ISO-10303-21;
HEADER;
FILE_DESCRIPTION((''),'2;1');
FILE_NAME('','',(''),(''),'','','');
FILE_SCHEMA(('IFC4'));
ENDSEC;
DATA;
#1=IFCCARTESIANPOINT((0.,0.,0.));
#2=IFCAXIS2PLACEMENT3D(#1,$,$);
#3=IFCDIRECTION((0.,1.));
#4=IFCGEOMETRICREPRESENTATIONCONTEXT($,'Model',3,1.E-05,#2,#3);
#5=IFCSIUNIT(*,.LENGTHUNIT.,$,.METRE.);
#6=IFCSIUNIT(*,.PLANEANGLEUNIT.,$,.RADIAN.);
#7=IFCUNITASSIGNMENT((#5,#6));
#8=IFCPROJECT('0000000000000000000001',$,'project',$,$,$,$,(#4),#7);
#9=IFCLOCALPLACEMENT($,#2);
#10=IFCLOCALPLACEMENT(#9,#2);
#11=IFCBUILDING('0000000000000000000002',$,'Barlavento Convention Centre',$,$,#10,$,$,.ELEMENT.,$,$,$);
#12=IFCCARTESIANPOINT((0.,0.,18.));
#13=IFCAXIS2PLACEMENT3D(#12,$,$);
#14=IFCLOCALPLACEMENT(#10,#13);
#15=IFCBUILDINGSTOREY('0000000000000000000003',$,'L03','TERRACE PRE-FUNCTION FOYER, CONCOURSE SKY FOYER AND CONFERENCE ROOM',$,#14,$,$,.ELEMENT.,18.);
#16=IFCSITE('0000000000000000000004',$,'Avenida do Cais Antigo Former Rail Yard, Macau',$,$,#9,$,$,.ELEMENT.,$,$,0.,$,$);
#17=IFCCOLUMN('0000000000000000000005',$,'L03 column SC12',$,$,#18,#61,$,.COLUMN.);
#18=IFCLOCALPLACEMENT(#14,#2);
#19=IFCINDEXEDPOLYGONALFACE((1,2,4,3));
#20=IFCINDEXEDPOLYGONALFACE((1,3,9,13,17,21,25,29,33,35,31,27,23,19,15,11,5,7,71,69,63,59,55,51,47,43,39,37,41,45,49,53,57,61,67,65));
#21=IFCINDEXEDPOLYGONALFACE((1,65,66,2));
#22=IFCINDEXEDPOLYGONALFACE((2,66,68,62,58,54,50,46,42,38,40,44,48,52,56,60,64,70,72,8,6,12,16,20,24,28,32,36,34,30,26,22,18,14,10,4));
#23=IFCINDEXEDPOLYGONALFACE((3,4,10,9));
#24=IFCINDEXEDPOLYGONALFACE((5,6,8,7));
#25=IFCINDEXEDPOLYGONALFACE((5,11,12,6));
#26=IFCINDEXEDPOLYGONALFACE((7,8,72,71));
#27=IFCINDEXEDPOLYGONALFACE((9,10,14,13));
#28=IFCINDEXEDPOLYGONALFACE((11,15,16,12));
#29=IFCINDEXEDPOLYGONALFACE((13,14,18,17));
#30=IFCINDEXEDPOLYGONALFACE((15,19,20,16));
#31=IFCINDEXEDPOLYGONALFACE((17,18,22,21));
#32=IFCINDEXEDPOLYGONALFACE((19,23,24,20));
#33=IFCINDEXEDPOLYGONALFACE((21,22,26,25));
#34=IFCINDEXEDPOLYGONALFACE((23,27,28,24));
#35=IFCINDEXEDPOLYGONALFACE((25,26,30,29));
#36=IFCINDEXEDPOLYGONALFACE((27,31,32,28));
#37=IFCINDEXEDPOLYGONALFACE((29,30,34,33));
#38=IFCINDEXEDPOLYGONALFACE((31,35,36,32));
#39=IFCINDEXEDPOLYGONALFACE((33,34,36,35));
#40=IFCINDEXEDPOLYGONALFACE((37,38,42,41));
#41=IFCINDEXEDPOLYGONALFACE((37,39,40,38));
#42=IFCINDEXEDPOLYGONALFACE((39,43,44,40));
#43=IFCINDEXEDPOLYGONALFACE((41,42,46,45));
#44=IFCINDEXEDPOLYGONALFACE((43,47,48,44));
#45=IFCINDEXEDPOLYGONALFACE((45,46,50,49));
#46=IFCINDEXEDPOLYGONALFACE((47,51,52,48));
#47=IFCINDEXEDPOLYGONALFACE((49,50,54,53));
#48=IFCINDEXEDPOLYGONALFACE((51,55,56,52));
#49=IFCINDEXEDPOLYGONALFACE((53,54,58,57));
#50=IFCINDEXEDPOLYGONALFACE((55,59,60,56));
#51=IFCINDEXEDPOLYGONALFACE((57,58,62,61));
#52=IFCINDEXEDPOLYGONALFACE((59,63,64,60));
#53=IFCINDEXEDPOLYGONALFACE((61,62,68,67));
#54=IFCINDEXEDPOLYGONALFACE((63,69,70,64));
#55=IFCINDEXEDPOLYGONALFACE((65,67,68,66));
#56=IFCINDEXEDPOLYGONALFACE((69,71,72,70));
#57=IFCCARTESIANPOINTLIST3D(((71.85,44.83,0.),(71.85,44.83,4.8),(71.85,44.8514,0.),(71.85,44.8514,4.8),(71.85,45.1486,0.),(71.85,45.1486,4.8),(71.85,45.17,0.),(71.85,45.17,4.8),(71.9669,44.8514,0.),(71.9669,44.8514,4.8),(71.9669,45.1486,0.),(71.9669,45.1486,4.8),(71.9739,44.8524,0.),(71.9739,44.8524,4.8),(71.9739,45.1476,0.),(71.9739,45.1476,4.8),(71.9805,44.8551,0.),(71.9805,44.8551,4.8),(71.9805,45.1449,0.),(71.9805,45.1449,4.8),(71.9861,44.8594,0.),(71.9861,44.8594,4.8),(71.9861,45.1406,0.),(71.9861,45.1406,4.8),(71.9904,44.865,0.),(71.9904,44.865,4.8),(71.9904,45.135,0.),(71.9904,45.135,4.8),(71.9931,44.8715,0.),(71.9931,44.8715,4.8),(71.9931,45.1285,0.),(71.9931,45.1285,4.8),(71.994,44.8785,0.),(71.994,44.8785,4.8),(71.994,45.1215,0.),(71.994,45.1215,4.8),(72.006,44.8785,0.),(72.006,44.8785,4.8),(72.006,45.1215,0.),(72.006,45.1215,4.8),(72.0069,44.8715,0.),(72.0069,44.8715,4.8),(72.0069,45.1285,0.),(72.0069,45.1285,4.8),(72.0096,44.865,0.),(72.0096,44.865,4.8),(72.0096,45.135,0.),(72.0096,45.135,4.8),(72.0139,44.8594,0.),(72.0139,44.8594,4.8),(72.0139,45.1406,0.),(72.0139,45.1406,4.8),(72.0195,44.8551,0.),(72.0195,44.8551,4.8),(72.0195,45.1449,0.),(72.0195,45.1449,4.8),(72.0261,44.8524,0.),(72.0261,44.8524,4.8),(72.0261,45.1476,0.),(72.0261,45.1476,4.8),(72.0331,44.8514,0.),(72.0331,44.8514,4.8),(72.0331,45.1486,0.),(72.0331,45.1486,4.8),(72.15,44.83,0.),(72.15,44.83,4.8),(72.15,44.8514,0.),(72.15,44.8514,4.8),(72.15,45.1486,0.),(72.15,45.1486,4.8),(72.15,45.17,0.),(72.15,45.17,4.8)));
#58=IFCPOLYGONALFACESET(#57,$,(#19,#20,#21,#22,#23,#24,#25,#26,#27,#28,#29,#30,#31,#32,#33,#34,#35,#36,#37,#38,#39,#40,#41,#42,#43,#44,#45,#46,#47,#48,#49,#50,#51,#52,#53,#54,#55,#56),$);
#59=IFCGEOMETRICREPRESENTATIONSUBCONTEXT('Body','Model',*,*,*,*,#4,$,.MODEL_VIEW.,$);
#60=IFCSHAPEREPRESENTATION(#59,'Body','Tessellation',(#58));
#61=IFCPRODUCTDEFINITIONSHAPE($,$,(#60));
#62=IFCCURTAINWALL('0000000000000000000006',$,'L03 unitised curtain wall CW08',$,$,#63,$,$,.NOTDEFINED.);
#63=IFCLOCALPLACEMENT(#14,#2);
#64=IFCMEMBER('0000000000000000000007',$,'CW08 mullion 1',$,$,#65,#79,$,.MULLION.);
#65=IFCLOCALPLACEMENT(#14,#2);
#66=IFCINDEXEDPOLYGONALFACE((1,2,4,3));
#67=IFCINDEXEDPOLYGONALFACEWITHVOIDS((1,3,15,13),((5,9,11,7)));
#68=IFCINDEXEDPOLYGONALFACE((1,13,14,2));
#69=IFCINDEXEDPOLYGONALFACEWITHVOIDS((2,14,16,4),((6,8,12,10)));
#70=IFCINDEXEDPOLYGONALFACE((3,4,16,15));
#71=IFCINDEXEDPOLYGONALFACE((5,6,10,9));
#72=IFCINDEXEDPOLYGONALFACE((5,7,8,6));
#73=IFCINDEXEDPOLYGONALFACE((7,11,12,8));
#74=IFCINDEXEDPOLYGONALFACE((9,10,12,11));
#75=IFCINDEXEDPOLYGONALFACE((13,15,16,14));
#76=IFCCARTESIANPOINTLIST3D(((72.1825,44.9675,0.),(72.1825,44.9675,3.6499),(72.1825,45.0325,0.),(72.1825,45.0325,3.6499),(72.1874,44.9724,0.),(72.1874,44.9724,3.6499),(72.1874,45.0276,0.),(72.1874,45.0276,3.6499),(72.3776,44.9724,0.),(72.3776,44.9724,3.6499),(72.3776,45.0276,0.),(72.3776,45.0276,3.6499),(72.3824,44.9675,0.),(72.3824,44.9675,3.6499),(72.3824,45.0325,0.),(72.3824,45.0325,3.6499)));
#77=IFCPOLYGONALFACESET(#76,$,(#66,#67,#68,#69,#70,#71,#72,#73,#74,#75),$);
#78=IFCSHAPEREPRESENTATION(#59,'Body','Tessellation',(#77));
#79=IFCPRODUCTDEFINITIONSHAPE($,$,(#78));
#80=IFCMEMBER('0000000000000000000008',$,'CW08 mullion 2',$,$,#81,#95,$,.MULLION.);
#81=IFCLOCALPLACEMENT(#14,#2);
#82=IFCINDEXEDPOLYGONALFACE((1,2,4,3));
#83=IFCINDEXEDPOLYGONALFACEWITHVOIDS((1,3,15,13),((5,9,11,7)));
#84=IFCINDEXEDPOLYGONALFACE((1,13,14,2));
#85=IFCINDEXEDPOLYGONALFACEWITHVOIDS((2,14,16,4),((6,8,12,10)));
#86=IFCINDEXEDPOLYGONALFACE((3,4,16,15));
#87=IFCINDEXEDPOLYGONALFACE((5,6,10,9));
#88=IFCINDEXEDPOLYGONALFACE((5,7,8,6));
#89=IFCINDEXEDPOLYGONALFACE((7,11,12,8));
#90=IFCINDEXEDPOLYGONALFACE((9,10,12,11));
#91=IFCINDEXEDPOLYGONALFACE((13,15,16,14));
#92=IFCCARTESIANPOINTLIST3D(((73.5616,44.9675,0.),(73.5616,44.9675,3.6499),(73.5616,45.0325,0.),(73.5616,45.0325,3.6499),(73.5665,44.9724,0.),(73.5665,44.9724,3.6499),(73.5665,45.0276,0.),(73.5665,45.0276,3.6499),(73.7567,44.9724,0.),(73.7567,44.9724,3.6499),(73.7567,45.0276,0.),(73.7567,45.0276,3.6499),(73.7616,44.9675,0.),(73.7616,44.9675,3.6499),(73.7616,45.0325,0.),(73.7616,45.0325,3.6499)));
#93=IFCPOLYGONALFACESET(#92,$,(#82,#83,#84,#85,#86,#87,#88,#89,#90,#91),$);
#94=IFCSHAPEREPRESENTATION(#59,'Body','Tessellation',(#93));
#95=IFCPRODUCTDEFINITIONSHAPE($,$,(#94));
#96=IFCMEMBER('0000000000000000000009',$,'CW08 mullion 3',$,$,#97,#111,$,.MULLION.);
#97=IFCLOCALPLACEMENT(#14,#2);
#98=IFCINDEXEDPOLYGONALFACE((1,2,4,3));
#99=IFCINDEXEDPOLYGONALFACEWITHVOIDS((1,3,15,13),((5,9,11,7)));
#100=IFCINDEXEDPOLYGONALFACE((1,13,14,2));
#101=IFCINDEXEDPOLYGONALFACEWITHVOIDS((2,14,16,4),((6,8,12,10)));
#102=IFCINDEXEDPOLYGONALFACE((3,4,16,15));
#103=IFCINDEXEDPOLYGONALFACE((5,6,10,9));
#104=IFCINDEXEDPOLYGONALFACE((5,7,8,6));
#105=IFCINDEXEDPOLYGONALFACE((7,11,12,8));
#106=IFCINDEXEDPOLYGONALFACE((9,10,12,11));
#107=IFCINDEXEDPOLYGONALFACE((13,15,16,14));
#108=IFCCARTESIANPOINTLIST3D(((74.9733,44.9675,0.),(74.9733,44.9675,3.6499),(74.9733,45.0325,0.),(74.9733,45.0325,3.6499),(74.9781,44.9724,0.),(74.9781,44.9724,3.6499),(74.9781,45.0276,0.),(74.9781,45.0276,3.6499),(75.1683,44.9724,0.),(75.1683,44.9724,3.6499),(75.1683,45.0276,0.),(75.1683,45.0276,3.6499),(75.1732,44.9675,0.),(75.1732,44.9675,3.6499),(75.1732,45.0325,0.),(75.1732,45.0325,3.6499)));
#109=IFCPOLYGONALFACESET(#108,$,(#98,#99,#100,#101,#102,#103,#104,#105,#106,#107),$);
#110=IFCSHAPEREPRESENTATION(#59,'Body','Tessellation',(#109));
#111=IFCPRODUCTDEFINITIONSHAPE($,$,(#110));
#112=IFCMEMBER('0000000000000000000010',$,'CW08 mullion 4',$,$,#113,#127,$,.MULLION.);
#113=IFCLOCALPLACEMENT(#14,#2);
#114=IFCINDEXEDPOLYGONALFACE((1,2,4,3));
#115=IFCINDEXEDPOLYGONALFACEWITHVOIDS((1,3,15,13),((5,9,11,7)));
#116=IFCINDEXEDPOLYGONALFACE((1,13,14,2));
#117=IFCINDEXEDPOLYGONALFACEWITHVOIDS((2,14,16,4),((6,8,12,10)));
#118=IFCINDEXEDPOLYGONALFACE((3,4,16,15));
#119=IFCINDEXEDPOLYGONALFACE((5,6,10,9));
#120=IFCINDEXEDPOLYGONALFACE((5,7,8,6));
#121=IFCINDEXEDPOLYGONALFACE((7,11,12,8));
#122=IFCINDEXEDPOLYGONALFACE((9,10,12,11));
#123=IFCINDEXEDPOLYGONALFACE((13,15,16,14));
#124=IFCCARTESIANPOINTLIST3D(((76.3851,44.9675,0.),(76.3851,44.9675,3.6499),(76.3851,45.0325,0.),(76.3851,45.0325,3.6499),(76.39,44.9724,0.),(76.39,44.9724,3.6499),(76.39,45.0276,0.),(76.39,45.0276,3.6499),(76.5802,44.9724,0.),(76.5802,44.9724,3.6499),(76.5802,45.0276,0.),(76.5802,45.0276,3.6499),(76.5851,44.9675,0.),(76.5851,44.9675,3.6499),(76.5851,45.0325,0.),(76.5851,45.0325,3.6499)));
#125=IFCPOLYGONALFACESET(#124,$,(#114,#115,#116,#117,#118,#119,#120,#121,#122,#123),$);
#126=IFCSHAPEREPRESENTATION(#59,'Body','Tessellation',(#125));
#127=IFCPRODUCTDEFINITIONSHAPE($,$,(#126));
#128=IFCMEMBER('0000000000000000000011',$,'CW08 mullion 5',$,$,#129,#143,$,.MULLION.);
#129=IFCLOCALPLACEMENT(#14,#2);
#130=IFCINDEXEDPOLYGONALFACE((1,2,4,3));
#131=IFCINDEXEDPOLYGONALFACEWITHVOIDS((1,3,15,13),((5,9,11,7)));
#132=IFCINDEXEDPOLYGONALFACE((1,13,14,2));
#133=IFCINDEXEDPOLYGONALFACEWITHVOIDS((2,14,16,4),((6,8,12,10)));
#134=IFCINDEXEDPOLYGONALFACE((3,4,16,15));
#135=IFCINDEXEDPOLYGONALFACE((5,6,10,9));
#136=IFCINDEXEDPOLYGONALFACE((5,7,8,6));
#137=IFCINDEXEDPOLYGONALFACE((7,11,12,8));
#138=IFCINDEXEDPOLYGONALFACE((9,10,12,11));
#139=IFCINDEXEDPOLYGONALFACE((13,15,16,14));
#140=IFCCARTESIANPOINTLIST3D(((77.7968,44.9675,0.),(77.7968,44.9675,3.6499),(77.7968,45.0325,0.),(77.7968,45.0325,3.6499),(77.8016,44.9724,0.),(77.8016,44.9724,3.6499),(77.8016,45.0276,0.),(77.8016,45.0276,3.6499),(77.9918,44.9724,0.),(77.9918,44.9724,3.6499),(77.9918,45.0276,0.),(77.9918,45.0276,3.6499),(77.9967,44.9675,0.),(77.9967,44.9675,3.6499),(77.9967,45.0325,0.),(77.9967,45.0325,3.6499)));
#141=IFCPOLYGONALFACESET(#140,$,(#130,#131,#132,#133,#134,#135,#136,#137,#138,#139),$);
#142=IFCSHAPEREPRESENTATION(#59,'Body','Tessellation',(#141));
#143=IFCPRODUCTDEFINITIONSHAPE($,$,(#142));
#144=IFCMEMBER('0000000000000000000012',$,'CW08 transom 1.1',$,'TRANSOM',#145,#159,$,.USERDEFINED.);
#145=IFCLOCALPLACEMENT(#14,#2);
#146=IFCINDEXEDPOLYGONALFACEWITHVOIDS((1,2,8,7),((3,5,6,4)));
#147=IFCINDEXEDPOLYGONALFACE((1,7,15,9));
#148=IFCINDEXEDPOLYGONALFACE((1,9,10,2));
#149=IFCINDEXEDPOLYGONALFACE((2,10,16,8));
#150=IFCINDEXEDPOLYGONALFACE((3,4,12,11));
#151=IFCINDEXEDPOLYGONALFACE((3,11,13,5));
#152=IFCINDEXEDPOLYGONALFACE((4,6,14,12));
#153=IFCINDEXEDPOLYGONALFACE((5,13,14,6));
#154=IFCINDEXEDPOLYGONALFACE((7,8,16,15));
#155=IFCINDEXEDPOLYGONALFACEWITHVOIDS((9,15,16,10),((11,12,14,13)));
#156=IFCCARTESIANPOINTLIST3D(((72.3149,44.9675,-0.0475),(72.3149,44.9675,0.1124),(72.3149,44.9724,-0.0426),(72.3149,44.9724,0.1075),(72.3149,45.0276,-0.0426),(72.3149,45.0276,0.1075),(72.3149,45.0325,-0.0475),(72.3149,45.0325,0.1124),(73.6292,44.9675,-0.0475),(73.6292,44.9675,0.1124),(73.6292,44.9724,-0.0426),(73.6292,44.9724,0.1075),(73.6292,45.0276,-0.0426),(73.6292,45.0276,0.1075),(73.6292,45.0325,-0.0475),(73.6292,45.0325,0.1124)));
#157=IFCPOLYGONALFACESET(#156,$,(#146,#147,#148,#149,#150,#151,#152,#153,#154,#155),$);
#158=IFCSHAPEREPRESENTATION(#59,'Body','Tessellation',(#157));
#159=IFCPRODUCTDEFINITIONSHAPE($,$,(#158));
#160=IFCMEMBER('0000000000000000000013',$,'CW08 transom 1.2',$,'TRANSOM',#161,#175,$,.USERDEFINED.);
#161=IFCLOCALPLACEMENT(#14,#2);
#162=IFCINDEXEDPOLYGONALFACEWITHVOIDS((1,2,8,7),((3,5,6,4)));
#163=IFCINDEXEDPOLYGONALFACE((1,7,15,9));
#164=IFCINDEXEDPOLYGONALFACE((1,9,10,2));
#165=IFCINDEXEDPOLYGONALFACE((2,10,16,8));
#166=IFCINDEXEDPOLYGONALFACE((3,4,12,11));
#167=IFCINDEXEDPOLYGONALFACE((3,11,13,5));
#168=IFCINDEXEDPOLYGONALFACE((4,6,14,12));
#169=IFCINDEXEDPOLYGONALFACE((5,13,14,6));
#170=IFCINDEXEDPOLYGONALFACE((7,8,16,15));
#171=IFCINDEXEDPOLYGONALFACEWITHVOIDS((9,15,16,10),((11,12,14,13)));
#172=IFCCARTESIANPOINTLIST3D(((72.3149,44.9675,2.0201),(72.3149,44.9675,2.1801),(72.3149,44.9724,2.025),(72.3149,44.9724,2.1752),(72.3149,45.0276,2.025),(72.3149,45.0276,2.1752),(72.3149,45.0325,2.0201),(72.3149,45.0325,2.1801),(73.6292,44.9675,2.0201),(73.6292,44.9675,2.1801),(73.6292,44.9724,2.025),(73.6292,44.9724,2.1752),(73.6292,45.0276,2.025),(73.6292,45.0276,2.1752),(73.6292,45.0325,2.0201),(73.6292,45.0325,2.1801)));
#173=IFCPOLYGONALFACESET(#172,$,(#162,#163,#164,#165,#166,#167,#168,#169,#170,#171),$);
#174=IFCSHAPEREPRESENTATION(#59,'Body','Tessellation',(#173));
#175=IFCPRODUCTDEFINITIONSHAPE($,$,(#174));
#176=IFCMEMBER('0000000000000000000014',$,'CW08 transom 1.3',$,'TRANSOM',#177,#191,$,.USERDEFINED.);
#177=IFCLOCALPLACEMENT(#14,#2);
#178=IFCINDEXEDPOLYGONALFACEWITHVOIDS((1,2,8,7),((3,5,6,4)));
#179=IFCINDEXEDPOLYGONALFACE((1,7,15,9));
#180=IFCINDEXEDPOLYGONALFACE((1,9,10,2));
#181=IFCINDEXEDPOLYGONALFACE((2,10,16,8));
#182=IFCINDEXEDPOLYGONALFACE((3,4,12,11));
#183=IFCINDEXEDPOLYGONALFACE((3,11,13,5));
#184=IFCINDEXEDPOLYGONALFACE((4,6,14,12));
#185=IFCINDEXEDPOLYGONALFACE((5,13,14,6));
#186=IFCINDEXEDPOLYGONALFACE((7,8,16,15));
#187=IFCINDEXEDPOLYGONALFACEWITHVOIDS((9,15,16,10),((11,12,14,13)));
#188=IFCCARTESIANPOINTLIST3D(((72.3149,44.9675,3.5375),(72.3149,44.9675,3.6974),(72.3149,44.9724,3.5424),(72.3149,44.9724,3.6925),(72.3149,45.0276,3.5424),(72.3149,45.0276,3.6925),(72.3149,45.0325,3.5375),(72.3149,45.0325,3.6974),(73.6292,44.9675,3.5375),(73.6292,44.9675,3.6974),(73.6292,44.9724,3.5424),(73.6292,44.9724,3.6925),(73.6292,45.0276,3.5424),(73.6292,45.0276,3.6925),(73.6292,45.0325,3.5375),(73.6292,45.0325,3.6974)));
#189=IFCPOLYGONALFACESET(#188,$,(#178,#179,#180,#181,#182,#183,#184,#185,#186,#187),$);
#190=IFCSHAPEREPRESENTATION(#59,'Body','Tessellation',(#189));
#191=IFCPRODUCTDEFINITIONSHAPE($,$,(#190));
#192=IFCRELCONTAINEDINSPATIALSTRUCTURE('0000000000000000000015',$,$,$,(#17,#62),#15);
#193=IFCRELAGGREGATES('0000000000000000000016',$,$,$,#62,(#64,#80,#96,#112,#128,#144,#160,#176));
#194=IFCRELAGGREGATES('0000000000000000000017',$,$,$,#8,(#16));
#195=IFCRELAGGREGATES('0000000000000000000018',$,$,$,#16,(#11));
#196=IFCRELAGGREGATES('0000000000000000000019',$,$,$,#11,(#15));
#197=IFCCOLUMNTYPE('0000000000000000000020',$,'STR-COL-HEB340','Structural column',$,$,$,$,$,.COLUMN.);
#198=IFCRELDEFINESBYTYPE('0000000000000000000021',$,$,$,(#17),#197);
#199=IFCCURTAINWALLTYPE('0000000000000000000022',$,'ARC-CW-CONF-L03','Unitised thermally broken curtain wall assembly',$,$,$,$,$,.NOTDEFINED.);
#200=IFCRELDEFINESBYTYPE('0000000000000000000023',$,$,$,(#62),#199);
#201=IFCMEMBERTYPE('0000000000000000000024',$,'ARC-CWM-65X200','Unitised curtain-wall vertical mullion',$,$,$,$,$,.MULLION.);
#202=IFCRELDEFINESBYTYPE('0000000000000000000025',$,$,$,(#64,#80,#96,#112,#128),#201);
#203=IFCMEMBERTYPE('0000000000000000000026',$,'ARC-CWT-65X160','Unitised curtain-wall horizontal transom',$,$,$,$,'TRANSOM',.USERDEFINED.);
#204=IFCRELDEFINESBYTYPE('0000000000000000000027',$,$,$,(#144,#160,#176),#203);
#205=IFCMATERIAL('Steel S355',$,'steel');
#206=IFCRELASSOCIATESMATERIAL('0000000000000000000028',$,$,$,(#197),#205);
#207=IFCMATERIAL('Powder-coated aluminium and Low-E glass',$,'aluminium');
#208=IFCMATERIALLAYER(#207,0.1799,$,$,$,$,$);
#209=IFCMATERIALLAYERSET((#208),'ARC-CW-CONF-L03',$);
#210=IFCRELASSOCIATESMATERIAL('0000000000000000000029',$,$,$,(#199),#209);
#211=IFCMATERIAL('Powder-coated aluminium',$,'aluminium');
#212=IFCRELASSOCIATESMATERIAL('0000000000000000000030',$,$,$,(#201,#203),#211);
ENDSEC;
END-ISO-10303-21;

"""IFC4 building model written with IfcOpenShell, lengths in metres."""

from ifc_helpers import new_model, si_unit, direction, frame, origin, origin_2d, place, context, subcontext, project, spatial, hollow_rectangle, i_section, extrude, material, layer, layer_set, material_profile, profile_set, type_object, element, aggregate, save


model = new_model("IFC4")

# Units and contexts
model_context = context("Model", 3, precision=1e-05, world=origin(), true_north=direction((0.0, 1.0)))
body_context = subcontext(model_context, "Body", "Model", "MODEL_VIEW")
ifc_project = project(units=[si_unit("LENGTHUNIT", "METRE"), si_unit("PLANEANGLEUNIT", "RADIAN")], contexts=[model_context])

# Site, building, storey
site_placement = place(None, origin())
site = spatial("IfcSite", under=ifc_project, at=site_placement, Name="Avenida do Cais Antigo Former Rail Yard, Macau", CompositionType="ELEMENT", RefElevation=0.0)
building_placement = place(site_placement, origin())
building = spatial("IfcBuilding", under=site, at=building_placement, Name="Barlavento Convention Centre", CompositionType="ELEMENT")
storey_placement = place(building_placement, frame((0.0, 0.0, 18.0)))
storey = spatial("IfcBuildingStorey", under=building, at=storey_placement, Name="L03", Description="TERRACE PRE-FUNCTION FOYER, CONCOURSE SKY FOYER AND CONFERENCE ROOM", CompositionType="ELEMENT", Elevation=18.0)

# Column
ifc_material_1 = material(Name="Steel S355", Category="steel")
ifc_material_profile_1 = material_profile(ifc_material_1, i_section(OverallWidth=0.3, OverallDepth=0.3401, WebThickness=0.012, FlangeThickness=0.0215, FilletRadius=0.0271, at=origin_2d()), Name="HEB 340")
ifc_profile_set_1 = profile_set([ifc_material_profile_1], Name="Steel S355")
column_type = type_object("IfcColumnType", Name="STR-COL-HEB340", Description="Structural column", PredefinedType="COLUMN", material=ifc_profile_set_1)
column_placement = place(storey_placement, frame((72.0, 45.0, 0.0), z_axis=(0.0, 0.0, 1.0), x_axis=(1.0, 0.0, 0.0)))
element("IfcColumn", 1, at=column_placement, inside=storey, type_object=column_type, Name="L03 column SC12", PredefinedType="COLUMN", context=body_context, shape_type="SweptSolid", body=[
    extrude(i_section(OverallWidth=0.3, OverallDepth=0.3401, WebThickness=0.012, FlangeThickness=0.0215, FilletRadius=0.0271, at=origin_2d()), origin(), (0.0, 0.0, 1.0), 4.8),
])

# Curtain wall, members
ifc_material_2 = material(Name="Powder-coated aluminium and Low-E glass", Category="aluminium")
ifc_layer_1 = layer(ifc_material_2, 0.1799)
ifc_layer_set_1 = layer_set([ifc_layer_1], Name="ARC-CW-CONF-L03")
curtain_wall_type = type_object("IfcCurtainWallType", Name="ARC-CW-CONF-L03", Description="Unitised thermally broken curtain wall assembly", PredefinedType="NOTDEFINED", material=ifc_layer_set_1)
curtain_wall_placement = place(storey_placement, origin())
curtain_wall = element("IfcCurtainWall", 2, at=curtain_wall_placement, inside=storey, type_object=curtain_wall_type, Name="L03 unitised curtain wall CW08", PredefinedType="NOTDEFINED")
ifc_material_3 = material(Name="Powder-coated aluminium", Category="aluminium")
ifc_material_profile_2 = material_profile(ifc_material_3, hollow_rectangle(XDim=0.0649, YDim=0.2, WallThickness=0.0049, at=origin_2d()), Name="AL-MULL 65x200x5")
ifc_profile_set_2 = profile_set([ifc_material_profile_2], Name="Powder-coated aluminium")
member_type_1 = type_object("IfcMemberType", Name="ARC-CWM-65X200", Description="Unitised curtain-wall vertical mullion", PredefinedType="MULLION", material=ifc_profile_set_2)
member_1_placement = place(storey_placement, frame((72.2825, 45.0, 0.0), z_axis=(0.0, 0.0, 1.0), x_axis=(0.0, 1.0, 0.0)))
member_1 = element("IfcMember", 3, at=member_1_placement, type_object=member_type_1, Name="CW08 mullion 1", PredefinedType="MULLION", context=body_context, shape_type="SweptSolid", body=[
    extrude(hollow_rectangle(XDim=0.0649, YDim=0.2, WallThickness=0.0049, at=origin_2d()), origin(), (0.0, 0.0, 1.0), 3.6499),
])
member_2_placement = place(storey_placement, frame((73.6616, 45.0, 0.0), z_axis=(0.0, 0.0, 1.0), x_axis=(0.0, 1.0, 0.0)))
member_2 = element("IfcMember", 4, at=member_2_placement, type_object=member_type_1, Name="CW08 mullion 2", PredefinedType="MULLION", context=body_context, shape_type="SweptSolid", body=[
    extrude(hollow_rectangle(XDim=0.0649, YDim=0.2, WallThickness=0.0049, at=origin_2d()), origin(), (0.0, 0.0, 1.0), 3.6499),
])
member_3_placement = place(storey_placement, frame((75.0732, 45.0, 0.0), z_axis=(0.0, 0.0, 1.0), x_axis=(0.0, 1.0, 0.0)))
member_3 = element("IfcMember", 5, at=member_3_placement, type_object=member_type_1, Name="CW08 mullion 3", PredefinedType="MULLION", context=body_context, shape_type="SweptSolid", body=[
    extrude(hollow_rectangle(XDim=0.0649, YDim=0.2, WallThickness=0.0049, at=origin_2d()), origin(), (0.0, 0.0, 1.0), 3.6499),
])
member_4_placement = place(storey_placement, frame((76.4851, 45.0, 0.0), z_axis=(0.0, 0.0, 1.0), x_axis=(0.0, 1.0, 0.0)))
member_4 = element("IfcMember", 6, at=member_4_placement, type_object=member_type_1, Name="CW08 mullion 4", PredefinedType="MULLION", context=body_context, shape_type="SweptSolid", body=[
    extrude(hollow_rectangle(XDim=0.0649, YDim=0.2, WallThickness=0.0049, at=origin_2d()), origin(), (0.0, 0.0, 1.0), 3.6499),
])
member_5_placement = place(storey_placement, frame((77.8967, 45.0, 0.0), z_axis=(0.0, 0.0, 1.0), x_axis=(0.0, 1.0, 0.0)))
member_5 = element("IfcMember", 7, at=member_5_placement, type_object=member_type_1, Name="CW08 mullion 5", PredefinedType="MULLION", context=body_context, shape_type="SweptSolid", body=[
    extrude(hollow_rectangle(XDim=0.0649, YDim=0.2, WallThickness=0.0049, at=origin_2d()), origin(), (0.0, 0.0, 1.0), 3.6499),
])
ifc_material_profile_3 = material_profile(ifc_material_3, hollow_rectangle(XDim=0.0649, YDim=0.1599, WallThickness=0.0049, at=origin_2d()), Name="AL-TRAN 65x160x5")
ifc_profile_set_3 = profile_set([ifc_material_profile_3], Name="Powder-coated aluminium")
member_type_2 = type_object("IfcMemberType", Name="ARC-CWT-65X160", Description="Unitised curtain-wall horizontal transom", ElementType="TRANSOM", PredefinedType="USERDEFINED", material=ifc_profile_set_3)
member_6_placement = place(storey_placement, frame((72.3149, 45.0, 0.0325), z_axis=(1.0, 0.0, 0.0), x_axis=(0.0, 1.0, 0.0)))
member_6 = element("IfcMember", 8, at=member_6_placement, type_object=member_type_2, Name="CW08 transom 1.1", ObjectType="TRANSOM", PredefinedType="USERDEFINED", context=body_context, shape_type="SweptSolid", body=[
    extrude(hollow_rectangle(XDim=0.0649, YDim=0.1599, WallThickness=0.0049, at=origin_2d()), origin(), (0.0, 0.0, 1.0), 1.3142),
])
member_7_placement = place(storey_placement, frame((72.3149, 45.0, 2.1001), z_axis=(1.0, 0.0, 0.0), x_axis=(0.0, 1.0, 0.0)))
member_7 = element("IfcMember", 9, at=member_7_placement, type_object=member_type_2, Name="CW08 transom 1.2", ObjectType="TRANSOM", PredefinedType="USERDEFINED", context=body_context, shape_type="SweptSolid", body=[
    extrude(hollow_rectangle(XDim=0.0649, YDim=0.1599, WallThickness=0.0049, at=origin_2d()), origin(), (0.0, 0.0, 1.0), 1.3142),
])
member_8_placement = place(storey_placement, frame((72.3149, 45.0, 3.6174), z_axis=(1.0, 0.0, 0.0), x_axis=(0.0, 1.0, 0.0)))
member_8 = element("IfcMember", 10, at=member_8_placement, type_object=member_type_2, Name="CW08 transom 1.3", ObjectType="TRANSOM", PredefinedType="USERDEFINED", context=body_context, shape_type="SweptSolid", body=[
    extrude(hollow_rectangle(XDim=0.0649, YDim=0.1599, WallThickness=0.0049, at=origin_2d()), origin(), (0.0, 0.0, 1.0), 1.3142),
])

aggregate(curtain_wall, [member_1, member_2, member_3, member_4, member_5, member_6, member_7, member_8])

save(model, "model.ifc")
